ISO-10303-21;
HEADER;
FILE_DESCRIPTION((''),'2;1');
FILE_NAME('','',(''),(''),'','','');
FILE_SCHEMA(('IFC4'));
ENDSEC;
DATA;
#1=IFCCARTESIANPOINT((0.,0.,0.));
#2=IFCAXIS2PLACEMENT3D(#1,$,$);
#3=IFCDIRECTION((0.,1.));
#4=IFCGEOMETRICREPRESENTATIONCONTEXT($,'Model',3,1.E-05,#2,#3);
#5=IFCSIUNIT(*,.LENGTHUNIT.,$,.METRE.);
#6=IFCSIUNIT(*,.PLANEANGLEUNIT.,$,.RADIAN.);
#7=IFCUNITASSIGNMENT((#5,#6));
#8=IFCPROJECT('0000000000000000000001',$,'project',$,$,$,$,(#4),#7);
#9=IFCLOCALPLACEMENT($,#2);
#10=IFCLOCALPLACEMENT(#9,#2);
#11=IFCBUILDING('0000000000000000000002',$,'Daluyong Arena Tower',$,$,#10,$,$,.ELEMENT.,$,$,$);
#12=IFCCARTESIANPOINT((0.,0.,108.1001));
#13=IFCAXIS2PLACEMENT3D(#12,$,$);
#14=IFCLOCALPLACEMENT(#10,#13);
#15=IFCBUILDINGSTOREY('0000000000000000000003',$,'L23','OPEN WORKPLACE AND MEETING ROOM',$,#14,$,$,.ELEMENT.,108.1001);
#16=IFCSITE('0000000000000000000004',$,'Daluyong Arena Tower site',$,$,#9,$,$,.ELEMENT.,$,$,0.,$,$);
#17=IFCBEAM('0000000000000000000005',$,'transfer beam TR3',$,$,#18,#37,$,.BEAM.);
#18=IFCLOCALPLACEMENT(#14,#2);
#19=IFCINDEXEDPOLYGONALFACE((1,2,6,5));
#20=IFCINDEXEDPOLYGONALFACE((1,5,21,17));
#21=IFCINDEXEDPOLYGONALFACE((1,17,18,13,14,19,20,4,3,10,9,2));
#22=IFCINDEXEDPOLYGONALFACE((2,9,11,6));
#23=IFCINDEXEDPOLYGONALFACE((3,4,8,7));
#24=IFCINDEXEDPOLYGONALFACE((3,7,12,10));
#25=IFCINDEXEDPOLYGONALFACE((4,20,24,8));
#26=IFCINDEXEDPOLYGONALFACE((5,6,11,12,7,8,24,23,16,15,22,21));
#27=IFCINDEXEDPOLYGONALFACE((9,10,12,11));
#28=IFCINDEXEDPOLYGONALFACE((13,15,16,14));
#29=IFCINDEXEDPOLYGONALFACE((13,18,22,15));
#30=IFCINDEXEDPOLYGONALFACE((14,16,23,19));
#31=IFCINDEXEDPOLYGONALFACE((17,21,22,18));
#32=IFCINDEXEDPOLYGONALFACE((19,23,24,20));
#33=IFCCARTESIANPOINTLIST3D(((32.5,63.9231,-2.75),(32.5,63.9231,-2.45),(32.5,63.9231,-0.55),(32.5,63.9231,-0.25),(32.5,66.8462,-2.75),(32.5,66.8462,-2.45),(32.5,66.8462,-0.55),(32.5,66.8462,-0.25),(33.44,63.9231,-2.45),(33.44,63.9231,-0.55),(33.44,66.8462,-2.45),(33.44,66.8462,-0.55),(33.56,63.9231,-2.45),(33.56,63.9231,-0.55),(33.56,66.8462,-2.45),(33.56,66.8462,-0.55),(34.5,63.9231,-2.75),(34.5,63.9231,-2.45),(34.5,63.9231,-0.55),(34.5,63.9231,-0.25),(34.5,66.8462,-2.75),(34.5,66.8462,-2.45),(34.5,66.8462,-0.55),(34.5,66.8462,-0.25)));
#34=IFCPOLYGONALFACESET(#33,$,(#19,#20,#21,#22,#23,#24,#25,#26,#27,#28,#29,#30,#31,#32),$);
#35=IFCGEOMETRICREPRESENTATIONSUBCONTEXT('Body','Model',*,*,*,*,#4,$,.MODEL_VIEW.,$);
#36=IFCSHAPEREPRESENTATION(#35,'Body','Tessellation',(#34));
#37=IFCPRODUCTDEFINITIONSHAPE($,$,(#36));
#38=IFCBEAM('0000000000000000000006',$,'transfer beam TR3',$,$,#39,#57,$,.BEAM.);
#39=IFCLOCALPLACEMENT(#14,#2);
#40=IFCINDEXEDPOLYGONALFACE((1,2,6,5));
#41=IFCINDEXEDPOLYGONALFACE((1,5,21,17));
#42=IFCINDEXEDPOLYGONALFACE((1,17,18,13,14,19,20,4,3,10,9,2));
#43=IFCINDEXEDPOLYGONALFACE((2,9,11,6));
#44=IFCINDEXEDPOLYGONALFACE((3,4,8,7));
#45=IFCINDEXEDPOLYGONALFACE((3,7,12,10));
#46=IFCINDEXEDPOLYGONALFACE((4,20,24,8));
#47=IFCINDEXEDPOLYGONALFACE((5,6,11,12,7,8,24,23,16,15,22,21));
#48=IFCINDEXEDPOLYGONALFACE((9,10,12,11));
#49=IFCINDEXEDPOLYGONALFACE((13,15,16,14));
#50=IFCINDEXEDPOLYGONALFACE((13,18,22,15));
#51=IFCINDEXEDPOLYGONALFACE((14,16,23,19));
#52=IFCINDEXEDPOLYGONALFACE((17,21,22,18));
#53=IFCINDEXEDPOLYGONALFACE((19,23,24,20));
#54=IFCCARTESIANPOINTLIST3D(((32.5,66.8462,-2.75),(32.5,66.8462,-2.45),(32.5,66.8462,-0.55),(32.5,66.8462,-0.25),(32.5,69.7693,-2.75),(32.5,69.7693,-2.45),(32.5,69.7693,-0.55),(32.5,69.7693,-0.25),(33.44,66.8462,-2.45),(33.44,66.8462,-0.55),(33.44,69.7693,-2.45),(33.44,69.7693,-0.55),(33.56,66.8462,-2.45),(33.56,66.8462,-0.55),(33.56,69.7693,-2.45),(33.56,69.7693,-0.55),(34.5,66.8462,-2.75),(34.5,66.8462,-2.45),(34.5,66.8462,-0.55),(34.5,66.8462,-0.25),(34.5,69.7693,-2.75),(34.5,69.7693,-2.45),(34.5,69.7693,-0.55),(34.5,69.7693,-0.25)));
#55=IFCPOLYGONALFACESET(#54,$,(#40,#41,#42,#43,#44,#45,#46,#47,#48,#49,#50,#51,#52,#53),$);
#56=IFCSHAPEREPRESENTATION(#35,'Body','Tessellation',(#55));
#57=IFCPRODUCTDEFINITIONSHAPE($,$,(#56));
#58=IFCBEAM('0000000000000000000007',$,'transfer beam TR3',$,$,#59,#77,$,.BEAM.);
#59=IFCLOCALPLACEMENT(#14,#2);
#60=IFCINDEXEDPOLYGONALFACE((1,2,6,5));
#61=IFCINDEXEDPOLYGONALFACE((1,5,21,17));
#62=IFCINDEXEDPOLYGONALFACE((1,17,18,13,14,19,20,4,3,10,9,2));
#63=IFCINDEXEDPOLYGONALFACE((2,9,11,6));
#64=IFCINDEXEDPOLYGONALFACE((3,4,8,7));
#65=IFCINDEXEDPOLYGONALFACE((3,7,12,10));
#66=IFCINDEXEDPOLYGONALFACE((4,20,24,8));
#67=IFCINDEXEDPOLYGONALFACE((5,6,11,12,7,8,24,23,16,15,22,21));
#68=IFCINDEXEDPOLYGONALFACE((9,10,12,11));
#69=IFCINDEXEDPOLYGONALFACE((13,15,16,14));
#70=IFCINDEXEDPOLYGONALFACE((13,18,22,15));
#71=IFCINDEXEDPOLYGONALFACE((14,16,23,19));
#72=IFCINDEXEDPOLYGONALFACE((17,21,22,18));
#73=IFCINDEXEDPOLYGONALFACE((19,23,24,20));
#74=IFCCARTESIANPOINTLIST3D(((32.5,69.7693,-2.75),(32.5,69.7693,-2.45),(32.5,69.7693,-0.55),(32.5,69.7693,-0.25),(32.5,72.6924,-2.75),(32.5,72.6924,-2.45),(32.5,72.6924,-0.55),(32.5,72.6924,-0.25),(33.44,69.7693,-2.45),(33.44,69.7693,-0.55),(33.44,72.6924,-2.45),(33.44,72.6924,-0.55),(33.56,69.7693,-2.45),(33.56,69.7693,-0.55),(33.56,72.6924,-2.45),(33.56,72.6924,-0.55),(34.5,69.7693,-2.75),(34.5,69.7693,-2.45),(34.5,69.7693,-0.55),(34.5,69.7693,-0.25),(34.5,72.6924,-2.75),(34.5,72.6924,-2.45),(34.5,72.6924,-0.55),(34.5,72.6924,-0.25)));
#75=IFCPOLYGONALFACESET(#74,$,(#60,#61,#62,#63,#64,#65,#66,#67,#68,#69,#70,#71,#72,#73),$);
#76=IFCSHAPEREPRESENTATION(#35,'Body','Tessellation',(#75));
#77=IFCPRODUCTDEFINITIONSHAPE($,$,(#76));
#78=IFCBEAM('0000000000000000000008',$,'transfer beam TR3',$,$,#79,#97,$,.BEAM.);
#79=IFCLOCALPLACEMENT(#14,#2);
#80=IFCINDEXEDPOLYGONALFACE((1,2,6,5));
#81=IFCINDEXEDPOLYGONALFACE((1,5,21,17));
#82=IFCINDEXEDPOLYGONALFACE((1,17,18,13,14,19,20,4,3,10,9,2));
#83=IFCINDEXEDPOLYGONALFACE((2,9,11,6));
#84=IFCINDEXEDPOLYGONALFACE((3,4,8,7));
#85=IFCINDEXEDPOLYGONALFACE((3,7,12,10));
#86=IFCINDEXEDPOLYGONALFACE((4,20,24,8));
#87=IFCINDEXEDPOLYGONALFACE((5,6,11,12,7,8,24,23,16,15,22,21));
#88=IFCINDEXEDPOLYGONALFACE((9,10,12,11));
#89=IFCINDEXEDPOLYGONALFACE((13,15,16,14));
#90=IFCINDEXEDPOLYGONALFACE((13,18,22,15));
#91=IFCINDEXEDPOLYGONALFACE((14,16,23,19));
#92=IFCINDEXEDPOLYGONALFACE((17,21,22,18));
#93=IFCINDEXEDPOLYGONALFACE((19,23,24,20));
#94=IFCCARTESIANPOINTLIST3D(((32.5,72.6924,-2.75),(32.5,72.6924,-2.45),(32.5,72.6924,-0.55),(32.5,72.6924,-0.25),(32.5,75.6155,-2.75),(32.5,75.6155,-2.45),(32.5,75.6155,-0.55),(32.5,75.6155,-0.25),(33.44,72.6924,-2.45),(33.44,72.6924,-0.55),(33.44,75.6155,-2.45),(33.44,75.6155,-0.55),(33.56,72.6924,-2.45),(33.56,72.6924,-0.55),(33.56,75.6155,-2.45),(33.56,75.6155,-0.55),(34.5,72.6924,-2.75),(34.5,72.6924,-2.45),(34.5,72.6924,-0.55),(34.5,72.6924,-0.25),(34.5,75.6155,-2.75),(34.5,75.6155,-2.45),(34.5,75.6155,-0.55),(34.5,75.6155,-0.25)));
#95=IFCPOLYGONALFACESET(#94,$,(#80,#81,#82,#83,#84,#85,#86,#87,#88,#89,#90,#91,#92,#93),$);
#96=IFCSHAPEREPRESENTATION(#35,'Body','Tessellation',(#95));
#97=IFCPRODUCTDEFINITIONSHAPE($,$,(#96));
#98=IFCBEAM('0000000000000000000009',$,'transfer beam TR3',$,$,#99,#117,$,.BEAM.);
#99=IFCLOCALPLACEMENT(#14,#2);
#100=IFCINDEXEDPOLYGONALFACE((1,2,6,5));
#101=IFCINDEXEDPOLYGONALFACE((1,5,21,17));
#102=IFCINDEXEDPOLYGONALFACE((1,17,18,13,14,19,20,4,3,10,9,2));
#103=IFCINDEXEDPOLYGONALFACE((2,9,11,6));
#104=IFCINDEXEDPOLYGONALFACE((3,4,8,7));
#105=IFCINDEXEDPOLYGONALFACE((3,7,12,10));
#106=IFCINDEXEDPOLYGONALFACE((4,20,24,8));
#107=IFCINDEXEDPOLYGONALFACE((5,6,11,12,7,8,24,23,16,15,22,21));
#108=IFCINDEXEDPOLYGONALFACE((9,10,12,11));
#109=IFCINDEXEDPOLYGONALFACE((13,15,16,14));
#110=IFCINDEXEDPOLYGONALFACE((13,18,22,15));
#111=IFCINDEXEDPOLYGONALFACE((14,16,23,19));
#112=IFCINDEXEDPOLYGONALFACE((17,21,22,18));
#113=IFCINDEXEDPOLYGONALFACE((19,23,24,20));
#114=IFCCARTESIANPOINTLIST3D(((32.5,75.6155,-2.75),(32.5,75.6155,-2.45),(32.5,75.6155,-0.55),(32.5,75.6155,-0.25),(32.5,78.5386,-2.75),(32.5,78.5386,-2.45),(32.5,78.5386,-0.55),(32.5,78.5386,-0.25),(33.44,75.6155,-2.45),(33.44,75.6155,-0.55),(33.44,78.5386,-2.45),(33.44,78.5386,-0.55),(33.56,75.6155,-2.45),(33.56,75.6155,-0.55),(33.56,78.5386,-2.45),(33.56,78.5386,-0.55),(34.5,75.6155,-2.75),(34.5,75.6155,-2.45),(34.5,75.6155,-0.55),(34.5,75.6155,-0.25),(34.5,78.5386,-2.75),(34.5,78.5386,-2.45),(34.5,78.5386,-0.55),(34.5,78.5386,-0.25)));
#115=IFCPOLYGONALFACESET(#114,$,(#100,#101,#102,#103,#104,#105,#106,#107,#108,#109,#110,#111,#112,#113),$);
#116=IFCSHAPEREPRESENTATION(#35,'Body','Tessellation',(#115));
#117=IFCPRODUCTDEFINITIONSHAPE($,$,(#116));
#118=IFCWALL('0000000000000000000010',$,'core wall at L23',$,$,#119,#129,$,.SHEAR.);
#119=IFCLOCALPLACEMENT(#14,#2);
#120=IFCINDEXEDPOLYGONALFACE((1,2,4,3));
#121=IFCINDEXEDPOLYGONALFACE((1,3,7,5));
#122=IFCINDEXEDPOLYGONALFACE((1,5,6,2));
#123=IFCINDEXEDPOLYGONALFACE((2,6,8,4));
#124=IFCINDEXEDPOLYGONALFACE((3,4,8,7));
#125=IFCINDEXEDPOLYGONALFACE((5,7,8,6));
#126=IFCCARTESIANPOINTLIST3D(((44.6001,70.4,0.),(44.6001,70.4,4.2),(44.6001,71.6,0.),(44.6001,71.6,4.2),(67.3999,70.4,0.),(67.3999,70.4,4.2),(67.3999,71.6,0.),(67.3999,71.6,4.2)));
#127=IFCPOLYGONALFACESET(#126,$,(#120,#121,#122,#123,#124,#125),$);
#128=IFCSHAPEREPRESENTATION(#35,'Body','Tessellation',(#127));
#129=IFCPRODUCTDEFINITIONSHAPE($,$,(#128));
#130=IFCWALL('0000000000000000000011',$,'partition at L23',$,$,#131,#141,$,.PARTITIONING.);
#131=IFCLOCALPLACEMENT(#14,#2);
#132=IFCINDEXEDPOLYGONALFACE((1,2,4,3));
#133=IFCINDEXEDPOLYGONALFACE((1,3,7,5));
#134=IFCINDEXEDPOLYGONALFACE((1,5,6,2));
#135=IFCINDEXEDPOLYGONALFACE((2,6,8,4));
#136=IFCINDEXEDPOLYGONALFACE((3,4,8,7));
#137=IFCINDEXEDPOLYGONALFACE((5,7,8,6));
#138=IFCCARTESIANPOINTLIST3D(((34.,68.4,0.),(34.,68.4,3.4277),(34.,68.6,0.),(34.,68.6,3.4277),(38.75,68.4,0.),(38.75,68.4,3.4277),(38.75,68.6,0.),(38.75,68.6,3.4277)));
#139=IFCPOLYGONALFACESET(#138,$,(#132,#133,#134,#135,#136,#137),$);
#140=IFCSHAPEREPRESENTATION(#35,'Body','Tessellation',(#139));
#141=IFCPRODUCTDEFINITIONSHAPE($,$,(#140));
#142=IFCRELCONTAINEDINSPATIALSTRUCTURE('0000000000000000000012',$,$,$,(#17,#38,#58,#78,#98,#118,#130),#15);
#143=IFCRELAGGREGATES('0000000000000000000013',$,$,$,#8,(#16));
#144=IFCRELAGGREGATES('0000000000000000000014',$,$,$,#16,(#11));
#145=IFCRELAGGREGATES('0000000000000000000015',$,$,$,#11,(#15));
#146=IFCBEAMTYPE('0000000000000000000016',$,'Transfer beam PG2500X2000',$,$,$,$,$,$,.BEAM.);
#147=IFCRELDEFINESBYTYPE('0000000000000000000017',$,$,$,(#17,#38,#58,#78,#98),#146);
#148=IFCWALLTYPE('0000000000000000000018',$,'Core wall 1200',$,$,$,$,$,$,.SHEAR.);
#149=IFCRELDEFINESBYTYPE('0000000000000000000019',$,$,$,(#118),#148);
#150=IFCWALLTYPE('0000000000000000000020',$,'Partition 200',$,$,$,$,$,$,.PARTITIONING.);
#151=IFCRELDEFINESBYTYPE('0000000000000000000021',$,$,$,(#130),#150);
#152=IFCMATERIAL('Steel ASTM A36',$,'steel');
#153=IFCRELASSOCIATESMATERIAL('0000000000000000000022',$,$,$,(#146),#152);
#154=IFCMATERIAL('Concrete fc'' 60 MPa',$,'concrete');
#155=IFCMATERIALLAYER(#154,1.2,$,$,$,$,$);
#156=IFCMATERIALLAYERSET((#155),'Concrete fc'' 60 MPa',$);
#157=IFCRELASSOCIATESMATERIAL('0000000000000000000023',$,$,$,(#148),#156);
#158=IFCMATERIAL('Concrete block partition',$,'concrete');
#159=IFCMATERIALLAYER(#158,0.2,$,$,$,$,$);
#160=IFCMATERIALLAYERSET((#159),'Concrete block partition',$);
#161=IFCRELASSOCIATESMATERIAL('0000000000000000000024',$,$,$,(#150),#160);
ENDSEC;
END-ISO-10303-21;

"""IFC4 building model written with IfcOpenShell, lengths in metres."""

from ifc_helpers import new_model, si_unit, direction, frame, frame_2d, origin, origin_2d, place, context, subcontext, project, spatial, rectangle, i_section, extrude, material, layer, layer_set, material_profile, profile_set, type_object, element, save


model = new_model("IFC4")

# Units and contexts
model_context = context("Model", 3, precision=1e-05, world=origin(), true_north=direction((0.0, 1.0)))
body_context = subcontext(model_context, "Body", "Model", "MODEL_VIEW")
ifc_project = project(units=[si_unit("LENGTHUNIT", "METRE"), si_unit("PLANEANGLEUNIT", "RADIAN")], contexts=[model_context])

# Site, building, storey
site_placement = place(None, origin())
site = spatial("IfcSite", under=ifc_project, at=site_placement, Name="Daluyong Arena Tower site", CompositionType="ELEMENT", RefElevation=0.0)
building_placement = place(site_placement, origin())
building = spatial("IfcBuilding", under=site, at=building_placement, Name="Daluyong Arena Tower", CompositionType="ELEMENT")
storey_placement = place(building_placement, frame((0.0, 0.0, 108.1001)))
storey = spatial("IfcBuildingStorey", under=building, at=storey_placement, Name="L23", Description="OPEN WORKPLACE AND MEETING ROOM", CompositionType="ELEMENT", Elevation=108.1001)

# Beams
ifc_material_1 = material(Name="Steel ASTM A36", Category="steel")
ifc_material_profile_1 = material_profile(ifc_material_1, i_section(OverallWidth=2.0, OverallDepth=2.5, WebThickness=0.12, FlangeThickness=0.3, at=origin_2d()))
ifc_profile_set_1 = profile_set([ifc_material_profile_1], Name="Steel ASTM A36")
beam_type_1 = type_object("IfcBeamType", Name="Transfer beam PG2500X2000", PredefinedType="BEAM", material=ifc_profile_set_1)
for number, where, z_axis, x_axis, name in (
    (1, (33.5, 63.9231, -1.5), (0.0, 1.0, 0.0), (-1.0, 0.0, 0.0), "transfer beam TR3"),
    (2, (33.5, 66.8462, -1.5), (0.0, 1.0, 0.0), (-1.0, 0.0, 0.0), "transfer beam TR3"),
    (3, (33.5, 69.7693, -1.5), (0.0, 1.0, 0.0), (-1.0, 0.0, 0.0), "transfer beam TR3"),
    (4, (33.5, 72.6924, -1.5), (0.0, 1.0, 0.0), (-1.0, 0.0, 0.0), "transfer beam TR3"),
    (5, (33.5, 75.6155, -1.5), (0.0, 1.0, 0.0), (-1.0, 0.0, 0.0), "transfer beam TR3"),
):
    element("IfcBeam", number, at=place(storey_placement, frame(where, z_axis=z_axis, x_axis=x_axis)), inside=storey, type_object=beam_type_1, Name=name, PredefinedType="BEAM", context=body_context, shape_type="SweptSolid", body=[
        extrude(i_section(OverallWidth=2.0, OverallDepth=2.5, WebThickness=0.12, FlangeThickness=0.3, at=origin_2d()), origin(), (0.0, 0.0, 1.0), 2.9231),
    ])

# Shared definitions
ifc_material_2 = material(Name="Concrete fc' 60 MPa", Category="concrete")
ifc_layer_1 = layer(ifc_material_2, 1.2)
ifc_layer_set_1 = layer_set([ifc_layer_1], Name="Concrete fc' 60 MPa")
wall_type_1 = type_object("IfcWallType", Name="Core wall 1200", PredefinedType="SHEAR", material=ifc_layer_set_1)

# Walls
wall_1_placement = place(storey_placement, frame((44.6001, 71.0, 0.0), z_axis=(0.0, 0.0, 1.0), x_axis=(1.0, 0.0, 0.0)))
element("IfcWall", 6, at=wall_1_placement, inside=storey, type_object=wall_type_1, Name="core wall at L23", PredefinedType="SHEAR", context=body_context, shape_type="SweptSolid", body=[
    extrude(rectangle(XDim=22.7998, YDim=1.2, at=frame_2d((11.3999, 0.0))), origin(), (0.0, 0.0, 1.0), 4.2),
])
ifc_material_3 = material(Name="Concrete block partition", Category="concrete")
ifc_layer_2 = layer(ifc_material_3, 0.2)
ifc_layer_set_2 = layer_set([ifc_layer_2], Name="Concrete block partition")
wall_type_2 = type_object("IfcWallType", Name="Partition 200", PredefinedType="PARTITIONING", material=ifc_layer_set_2)
wall_2_placement = place(storey_placement, frame((34.0, 68.5, 0.0), z_axis=(0.0, 0.0, 1.0), x_axis=(1.0, 0.0, 0.0)))
element("IfcWall", 7, at=wall_2_placement, inside=storey, type_object=wall_type_2, Name="partition at L23", PredefinedType="PARTITIONING", context=body_context, shape_type="SweptSolid", body=[
    extrude(rectangle(XDim=4.75, YDim=0.2, at=frame_2d((2.375, 0.0))), origin(), (0.0, 0.0, 1.0), 3.4277),
])

save(model, "model.ifc")
